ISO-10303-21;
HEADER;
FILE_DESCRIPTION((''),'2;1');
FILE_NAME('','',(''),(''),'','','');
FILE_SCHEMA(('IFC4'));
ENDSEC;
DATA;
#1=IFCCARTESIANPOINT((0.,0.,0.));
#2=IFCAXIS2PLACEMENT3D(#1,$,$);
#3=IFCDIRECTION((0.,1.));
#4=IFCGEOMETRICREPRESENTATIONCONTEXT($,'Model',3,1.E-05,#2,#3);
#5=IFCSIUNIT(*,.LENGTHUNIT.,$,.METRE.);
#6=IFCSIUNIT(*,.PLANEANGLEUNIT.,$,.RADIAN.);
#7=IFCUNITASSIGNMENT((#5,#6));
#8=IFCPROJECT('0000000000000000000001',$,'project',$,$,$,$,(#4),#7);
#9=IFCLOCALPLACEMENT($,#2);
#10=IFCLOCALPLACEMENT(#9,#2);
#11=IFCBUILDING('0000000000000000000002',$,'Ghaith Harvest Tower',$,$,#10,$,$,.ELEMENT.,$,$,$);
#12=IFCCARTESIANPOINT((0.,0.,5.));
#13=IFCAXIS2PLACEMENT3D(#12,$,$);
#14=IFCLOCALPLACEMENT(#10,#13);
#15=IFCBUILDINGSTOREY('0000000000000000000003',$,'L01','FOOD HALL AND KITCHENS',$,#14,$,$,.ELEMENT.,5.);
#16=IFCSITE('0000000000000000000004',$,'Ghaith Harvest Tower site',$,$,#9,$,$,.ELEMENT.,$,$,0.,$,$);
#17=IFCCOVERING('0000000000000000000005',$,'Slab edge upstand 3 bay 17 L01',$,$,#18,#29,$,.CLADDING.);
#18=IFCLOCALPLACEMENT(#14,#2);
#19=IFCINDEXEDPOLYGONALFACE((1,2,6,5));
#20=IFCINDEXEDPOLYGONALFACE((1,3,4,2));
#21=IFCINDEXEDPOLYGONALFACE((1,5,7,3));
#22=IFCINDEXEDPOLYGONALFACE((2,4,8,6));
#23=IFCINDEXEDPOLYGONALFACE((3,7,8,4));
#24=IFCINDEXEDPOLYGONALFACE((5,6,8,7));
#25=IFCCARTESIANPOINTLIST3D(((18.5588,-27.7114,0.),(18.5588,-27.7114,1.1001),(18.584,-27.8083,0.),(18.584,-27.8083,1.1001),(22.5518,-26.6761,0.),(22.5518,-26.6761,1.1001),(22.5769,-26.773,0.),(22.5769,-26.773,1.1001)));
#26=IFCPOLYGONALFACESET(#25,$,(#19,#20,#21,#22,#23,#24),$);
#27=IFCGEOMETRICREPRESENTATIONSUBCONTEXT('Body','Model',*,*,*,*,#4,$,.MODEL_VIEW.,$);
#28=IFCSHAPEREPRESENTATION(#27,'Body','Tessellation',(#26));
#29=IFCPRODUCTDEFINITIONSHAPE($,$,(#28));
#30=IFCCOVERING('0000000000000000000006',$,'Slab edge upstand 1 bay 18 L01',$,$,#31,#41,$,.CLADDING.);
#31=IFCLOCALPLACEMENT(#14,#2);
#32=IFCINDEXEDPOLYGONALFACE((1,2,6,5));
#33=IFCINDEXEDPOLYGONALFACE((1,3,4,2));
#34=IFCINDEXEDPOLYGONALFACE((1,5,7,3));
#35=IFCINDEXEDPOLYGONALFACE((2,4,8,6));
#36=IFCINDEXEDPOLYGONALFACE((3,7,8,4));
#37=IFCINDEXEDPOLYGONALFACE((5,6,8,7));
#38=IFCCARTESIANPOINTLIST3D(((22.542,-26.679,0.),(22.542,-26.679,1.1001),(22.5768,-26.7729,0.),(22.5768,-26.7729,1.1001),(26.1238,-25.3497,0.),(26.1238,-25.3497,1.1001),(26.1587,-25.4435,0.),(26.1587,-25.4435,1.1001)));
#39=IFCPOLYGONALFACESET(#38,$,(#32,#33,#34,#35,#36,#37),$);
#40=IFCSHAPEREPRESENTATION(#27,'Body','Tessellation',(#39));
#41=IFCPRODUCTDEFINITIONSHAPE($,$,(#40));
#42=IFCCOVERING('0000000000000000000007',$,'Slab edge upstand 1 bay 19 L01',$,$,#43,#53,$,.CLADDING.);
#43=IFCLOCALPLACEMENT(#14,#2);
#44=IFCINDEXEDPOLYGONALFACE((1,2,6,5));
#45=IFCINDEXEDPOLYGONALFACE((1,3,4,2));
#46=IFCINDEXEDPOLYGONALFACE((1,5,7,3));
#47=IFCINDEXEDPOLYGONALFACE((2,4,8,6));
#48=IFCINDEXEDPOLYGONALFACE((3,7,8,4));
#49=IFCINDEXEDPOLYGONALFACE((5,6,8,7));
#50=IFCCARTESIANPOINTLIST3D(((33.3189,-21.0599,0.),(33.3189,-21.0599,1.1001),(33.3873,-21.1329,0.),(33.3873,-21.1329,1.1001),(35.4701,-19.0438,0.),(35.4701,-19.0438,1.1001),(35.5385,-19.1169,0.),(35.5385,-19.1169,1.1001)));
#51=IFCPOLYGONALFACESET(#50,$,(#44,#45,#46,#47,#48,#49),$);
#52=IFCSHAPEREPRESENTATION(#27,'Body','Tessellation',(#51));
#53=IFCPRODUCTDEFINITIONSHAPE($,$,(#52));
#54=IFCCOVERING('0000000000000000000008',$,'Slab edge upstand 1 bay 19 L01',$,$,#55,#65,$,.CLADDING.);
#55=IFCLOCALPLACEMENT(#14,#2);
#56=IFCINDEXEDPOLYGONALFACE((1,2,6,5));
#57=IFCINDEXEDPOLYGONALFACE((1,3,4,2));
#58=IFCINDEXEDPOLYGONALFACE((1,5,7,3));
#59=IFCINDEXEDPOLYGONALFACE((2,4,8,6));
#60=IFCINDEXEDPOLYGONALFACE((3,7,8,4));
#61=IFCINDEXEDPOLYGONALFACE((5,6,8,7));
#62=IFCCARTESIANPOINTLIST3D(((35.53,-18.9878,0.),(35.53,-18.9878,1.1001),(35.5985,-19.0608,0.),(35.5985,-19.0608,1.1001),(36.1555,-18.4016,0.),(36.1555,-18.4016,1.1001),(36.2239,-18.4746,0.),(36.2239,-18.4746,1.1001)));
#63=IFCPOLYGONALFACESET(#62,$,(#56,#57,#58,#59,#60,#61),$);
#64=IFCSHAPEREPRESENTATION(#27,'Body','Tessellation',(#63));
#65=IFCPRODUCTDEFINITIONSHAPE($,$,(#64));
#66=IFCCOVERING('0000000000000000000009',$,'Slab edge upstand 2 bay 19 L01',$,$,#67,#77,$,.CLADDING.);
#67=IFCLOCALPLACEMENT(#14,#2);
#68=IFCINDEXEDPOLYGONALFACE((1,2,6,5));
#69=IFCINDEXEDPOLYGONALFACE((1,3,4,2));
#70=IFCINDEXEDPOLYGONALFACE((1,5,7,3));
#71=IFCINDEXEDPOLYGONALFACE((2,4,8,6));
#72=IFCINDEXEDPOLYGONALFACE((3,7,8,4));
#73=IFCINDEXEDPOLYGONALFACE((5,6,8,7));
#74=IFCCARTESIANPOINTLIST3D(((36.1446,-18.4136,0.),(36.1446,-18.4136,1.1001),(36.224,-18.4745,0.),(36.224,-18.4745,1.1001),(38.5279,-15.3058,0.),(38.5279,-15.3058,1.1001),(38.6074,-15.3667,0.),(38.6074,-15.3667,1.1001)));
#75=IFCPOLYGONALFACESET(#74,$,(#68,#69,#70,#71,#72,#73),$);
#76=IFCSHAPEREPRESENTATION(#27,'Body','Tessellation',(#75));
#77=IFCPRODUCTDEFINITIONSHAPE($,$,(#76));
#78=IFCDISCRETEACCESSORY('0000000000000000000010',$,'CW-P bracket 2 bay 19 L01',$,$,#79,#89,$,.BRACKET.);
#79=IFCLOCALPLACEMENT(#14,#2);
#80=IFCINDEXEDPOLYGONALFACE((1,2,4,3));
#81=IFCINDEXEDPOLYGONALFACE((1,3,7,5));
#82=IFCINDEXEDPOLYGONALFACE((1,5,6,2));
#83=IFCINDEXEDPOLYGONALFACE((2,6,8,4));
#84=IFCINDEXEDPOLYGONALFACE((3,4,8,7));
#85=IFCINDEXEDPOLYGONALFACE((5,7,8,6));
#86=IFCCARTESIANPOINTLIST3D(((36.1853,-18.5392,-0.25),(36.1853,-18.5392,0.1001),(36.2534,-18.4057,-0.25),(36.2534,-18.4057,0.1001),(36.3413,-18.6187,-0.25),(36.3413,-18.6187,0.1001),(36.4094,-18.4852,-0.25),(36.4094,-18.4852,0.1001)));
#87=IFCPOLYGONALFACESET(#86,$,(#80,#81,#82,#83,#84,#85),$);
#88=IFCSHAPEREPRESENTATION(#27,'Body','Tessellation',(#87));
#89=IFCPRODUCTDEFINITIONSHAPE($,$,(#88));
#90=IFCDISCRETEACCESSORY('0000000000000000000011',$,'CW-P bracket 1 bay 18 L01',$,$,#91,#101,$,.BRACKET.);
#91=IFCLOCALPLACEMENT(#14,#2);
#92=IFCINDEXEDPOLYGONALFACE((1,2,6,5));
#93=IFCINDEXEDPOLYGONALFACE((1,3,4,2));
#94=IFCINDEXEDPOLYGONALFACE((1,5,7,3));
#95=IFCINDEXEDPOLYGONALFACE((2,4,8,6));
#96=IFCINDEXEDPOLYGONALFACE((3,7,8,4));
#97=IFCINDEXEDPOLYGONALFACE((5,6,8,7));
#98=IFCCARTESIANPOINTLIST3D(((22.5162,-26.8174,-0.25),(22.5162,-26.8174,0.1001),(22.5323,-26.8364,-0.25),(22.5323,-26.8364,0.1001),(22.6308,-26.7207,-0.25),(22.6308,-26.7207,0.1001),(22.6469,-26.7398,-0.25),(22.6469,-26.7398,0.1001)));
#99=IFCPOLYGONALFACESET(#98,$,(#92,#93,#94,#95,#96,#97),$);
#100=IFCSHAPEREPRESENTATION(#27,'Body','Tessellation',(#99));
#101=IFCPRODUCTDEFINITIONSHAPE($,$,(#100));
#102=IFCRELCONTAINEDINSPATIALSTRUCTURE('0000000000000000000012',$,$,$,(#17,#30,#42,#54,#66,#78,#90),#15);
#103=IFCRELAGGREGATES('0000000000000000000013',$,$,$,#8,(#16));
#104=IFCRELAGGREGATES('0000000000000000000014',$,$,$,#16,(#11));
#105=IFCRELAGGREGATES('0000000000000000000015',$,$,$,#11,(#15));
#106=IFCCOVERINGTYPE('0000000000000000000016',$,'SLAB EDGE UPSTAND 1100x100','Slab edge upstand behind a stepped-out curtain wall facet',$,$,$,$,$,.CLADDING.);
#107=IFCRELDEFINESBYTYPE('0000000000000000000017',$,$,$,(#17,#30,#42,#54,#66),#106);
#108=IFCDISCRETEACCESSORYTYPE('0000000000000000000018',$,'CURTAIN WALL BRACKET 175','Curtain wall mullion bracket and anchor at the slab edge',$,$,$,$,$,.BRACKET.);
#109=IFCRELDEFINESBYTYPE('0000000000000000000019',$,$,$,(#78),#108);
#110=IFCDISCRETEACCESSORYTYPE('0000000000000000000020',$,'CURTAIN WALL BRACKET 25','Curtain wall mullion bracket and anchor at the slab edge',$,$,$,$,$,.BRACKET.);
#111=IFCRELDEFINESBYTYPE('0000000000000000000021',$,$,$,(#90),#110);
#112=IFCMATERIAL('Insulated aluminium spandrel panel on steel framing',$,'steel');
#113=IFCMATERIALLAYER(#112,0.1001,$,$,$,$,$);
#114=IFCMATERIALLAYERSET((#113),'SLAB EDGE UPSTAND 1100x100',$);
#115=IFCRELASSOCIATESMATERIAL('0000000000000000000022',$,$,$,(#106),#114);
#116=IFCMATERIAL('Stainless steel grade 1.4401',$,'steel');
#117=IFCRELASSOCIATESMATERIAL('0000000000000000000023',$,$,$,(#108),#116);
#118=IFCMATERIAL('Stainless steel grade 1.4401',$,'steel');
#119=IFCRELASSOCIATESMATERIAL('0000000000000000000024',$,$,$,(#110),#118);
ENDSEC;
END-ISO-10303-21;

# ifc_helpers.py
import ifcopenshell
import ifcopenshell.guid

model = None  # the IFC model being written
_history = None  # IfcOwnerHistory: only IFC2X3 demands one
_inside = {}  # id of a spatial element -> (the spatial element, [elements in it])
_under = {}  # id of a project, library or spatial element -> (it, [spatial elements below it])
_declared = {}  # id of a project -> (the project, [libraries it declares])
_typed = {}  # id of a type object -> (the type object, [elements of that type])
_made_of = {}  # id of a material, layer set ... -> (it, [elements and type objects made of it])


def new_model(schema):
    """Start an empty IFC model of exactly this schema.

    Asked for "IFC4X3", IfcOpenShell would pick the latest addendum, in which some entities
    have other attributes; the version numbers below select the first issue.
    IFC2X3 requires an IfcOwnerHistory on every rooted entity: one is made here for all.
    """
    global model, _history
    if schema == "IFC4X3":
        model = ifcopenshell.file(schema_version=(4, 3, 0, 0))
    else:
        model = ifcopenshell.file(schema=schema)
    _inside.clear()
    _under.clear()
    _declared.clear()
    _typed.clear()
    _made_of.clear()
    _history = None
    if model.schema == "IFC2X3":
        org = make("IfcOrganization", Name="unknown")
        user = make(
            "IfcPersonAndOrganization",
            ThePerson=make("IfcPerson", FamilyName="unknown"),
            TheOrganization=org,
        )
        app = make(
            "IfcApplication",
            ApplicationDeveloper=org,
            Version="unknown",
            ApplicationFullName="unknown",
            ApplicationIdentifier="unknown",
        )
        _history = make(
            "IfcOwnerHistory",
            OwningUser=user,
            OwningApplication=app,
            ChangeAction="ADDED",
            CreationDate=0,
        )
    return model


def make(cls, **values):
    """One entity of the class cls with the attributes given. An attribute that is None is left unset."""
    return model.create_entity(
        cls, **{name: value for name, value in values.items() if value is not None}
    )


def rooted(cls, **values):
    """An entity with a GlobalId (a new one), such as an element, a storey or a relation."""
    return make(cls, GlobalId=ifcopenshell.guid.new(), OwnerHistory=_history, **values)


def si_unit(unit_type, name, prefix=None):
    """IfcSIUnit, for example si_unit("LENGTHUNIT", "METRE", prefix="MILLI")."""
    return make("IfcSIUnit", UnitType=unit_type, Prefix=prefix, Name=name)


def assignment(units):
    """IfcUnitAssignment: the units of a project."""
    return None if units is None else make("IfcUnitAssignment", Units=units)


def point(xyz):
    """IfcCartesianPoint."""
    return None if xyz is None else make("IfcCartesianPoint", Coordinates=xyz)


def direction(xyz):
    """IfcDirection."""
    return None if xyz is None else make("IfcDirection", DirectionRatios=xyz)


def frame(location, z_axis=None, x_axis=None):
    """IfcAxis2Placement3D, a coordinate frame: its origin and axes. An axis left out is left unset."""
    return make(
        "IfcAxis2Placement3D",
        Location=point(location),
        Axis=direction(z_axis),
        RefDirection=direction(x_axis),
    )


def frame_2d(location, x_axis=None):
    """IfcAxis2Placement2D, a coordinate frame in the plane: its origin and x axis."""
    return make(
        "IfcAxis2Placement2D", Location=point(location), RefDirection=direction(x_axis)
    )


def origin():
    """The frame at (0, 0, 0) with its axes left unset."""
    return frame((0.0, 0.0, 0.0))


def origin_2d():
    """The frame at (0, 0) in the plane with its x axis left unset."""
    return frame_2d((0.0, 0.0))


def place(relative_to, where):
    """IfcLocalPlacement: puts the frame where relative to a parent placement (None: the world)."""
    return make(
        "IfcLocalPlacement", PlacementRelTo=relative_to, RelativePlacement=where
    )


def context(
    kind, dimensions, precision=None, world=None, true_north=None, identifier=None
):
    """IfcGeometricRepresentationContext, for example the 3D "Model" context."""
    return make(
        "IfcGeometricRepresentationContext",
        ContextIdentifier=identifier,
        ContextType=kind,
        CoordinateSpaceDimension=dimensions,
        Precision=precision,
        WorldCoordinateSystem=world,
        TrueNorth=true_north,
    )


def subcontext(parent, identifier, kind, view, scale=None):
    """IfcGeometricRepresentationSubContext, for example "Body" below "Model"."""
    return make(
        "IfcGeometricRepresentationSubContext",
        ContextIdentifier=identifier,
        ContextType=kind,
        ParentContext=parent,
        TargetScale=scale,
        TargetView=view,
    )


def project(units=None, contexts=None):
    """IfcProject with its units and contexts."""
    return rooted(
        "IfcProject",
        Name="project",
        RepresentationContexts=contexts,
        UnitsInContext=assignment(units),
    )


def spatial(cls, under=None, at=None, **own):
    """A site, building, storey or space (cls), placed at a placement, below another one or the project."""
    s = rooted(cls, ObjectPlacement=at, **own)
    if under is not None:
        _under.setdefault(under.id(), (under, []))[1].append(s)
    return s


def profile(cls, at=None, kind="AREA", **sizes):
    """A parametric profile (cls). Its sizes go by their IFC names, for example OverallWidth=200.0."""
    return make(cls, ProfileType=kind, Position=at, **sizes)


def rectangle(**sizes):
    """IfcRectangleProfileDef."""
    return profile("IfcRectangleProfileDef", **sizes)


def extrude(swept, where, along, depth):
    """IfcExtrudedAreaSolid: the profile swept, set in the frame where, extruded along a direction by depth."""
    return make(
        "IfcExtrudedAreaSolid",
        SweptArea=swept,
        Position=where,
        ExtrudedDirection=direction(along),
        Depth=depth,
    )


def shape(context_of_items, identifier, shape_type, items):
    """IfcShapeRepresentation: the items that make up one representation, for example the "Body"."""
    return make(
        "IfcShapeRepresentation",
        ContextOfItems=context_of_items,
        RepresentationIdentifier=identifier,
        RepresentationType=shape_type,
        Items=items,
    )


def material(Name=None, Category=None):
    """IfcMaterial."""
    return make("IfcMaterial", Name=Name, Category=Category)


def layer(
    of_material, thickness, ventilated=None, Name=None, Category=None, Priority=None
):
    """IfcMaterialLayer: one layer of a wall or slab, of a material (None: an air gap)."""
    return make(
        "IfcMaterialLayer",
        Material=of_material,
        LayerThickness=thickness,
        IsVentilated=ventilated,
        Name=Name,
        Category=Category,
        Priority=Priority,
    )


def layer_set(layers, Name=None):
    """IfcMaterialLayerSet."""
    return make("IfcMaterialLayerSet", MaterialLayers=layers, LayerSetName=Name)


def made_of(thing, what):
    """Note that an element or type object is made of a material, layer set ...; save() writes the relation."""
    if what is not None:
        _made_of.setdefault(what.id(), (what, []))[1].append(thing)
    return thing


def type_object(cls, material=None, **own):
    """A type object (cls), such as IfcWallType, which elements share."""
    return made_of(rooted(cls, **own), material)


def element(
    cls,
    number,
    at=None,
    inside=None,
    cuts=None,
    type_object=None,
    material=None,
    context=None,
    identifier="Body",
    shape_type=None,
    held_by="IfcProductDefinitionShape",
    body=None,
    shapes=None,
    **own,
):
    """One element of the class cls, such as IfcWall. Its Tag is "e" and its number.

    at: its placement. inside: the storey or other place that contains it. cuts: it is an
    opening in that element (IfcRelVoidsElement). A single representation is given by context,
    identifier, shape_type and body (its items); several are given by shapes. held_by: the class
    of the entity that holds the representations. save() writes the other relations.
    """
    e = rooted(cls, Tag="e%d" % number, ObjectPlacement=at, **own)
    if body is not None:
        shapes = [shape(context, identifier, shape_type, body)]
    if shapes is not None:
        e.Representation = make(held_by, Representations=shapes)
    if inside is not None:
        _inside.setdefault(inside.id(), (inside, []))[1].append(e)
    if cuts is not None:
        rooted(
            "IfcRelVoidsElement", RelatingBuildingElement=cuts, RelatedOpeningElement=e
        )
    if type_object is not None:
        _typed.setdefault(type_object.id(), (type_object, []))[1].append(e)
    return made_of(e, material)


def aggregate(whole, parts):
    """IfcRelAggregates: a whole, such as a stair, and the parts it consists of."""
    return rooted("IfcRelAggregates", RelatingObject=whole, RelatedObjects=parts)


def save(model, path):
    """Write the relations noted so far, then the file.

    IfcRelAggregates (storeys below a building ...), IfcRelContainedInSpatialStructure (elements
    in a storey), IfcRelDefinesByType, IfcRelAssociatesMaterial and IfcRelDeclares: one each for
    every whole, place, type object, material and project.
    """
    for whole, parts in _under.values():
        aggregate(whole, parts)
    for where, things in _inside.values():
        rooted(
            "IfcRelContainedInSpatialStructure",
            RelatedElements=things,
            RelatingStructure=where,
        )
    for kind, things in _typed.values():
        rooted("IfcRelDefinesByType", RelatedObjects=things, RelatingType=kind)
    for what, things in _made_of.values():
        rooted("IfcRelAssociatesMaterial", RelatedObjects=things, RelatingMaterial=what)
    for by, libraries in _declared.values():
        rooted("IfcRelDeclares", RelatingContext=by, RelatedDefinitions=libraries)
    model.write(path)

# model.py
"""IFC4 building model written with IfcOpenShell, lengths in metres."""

from ifc_helpers import new_model, si_unit, direction, frame, origin, origin_2d, place, context, subcontext, project, spatial, rectangle, extrude, material, layer, layer_set, type_object, element, save


model = new_model("IFC4")

# Units and contexts
model_context = context("Model", 3, precision=1e-05, world=origin(), true_north=direction((0.0, 1.0)))
body_context = subcontext(model_context, "Body", "Model", "MODEL_VIEW")
ifc_project = project(units=[si_unit("LENGTHUNIT", "METRE"), si_unit("PLANEANGLEUNIT", "RADIAN")], contexts=[model_context])

# Site, building, storey
site_placement = place(None, origin())
site = spatial("IfcSite", under=ifc_project, at=site_placement, Name="Ghaith Harvest Tower site", CompositionType="ELEMENT", RefElevation=0.0)
building_placement = place(site_placement, origin())
building = spatial("IfcBuilding", under=site, at=building_placement, Name="Ghaith Harvest Tower", CompositionType="ELEMENT")
storey_placement = place(building_placement, frame((0.0, 0.0, 5.0)))
storey = spatial("IfcBuildingStorey", under=building, at=storey_placement, Name="L01", Description="FOOD HALL AND KITCHENS", CompositionType="ELEMENT", Elevation=5.0)

# Coverings
ifc_material_1 = material(Name="Insulated aluminium spandrel panel on steel framing", Category="steel")
ifc_layer_1 = layer(ifc_material_1, 0.1001)
ifc_layer_set_1 = layer_set([ifc_layer_1], Name="SLAB EDGE UPSTAND 1100x100")
covering_type = type_object("IfcCoveringType", Name="SLAB EDGE UPSTAND 1100x100", Description="Slab edge upstand behind a stepped-out curtain wall facet", PredefinedType="CLADDING", material=ifc_layer_set_1)
covering_1_placement = place(storey_placement, frame((20.5679, -27.2422, 0.0), z_axis=(0.0, 0.0, 1.0), x_axis=(0.967989, 0.250991, 0.0)))
element("IfcCovering", 1, at=covering_1_placement, inside=storey, type_object=covering_type, Name="Slab edge upstand 3 bay 17 L01", PredefinedType="CLADDING", context=body_context, shape_type="SweptSolid", body=[
    extrude(rectangle(XDim=4.125, YDim=0.1001, at=origin_2d()), origin(), (0.0, 0.0, 1.0), 1.1001),
])
covering_2_placement = place(storey_placement, frame((24.3503, -26.0613, 0.0), z_axis=(0.0, 0.0, 1.0), x_axis=(0.937519, 0.347935, 0.0)))
element("IfcCovering", 2, at=covering_2_placement, inside=storey, type_object=covering_type, Name="Slab edge upstand 1 bay 18 L01", PredefinedType="CLADDING", context=body_context, shape_type="SweptSolid", body=[
    extrude(rectangle(XDim=3.8206, YDim=0.1001, at=origin_2d()), origin(), (0.0, 0.0, 1.0), 1.1001),
])
covering_3_placement = place(storey_placement, frame((34.4287, -20.0884, 0.0), z_axis=(0.0, 0.0, 1.0), x_axis=(0.729659, 0.683811, 0.0)))
element("IfcCovering", 3, at=covering_3_placement, inside=storey, type_object=covering_type, Name="Slab edge upstand 1 bay 19 L01", PredefinedType="CLADDING", context=body_context, shape_type="SweptSolid", body=[
    extrude(rectangle(XDim=2.9482, YDim=0.1001, at=origin_2d()), origin(), (0.0, 0.0, 1.0), 1.1001),
])
covering_4_placement = place(storey_placement, frame((35.877, -18.7312, 0.0), z_axis=(0.0, 0.0, 1.0), x_axis=(0.729659, 0.683811, 0.0)))
element("IfcCovering", 4, at=covering_4_placement, inside=storey, type_object=covering_type, Name="Slab edge upstand 1 bay 19 L01", PredefinedType="CLADDING", context=body_context, shape_type="SweptSolid", body=[
    extrude(rectangle(XDim=0.8572, YDim=0.1001, at=origin_2d()), origin(), (0.0, 0.0, 1.0), 1.1001),
])
covering_5_placement = place(storey_placement, frame((37.376, -16.8901, 0.0), z_axis=(0.0, 0.0, 1.0), x_axis=(0.608537, 0.793526, 0.0)))
element("IfcCovering", 5, at=covering_5_placement, inside=storey, type_object=covering_type, Name="Slab edge upstand 2 bay 19 L01", PredefinedType="CLADDING", context=body_context, shape_type="SweptSolid", body=[
    extrude(rectangle(XDim=3.9165, YDim=0.1001, at=origin_2d()), origin(), (0.0, 0.0, 1.0), 1.1001),
])

# Discrete accessories
ifc_material_2 = material(Name="Stainless steel grade 1.4401", Category="steel")
discrete_accessory_type_1 = type_object("IfcDiscreteAccessoryType", Name="CURTAIN WALL BRACKET 175", Description="Curtain wall mullion bracket and anchor at the slab edge", PredefinedType="BRACKET", material=ifc_material_2)
discrete_accessory_1_placement = place(storey_placement, frame((36.2974, -18.5122, -0.25), z_axis=(0.0, 0.0, 1.0), x_axis=(0.890831, -0.454335, 0.0)))
element("IfcDiscreteAccessory", 6, at=discrete_accessory_1_placement, inside=storey, type_object=discrete_accessory_type_1, Name="CW-P bracket 2 bay 19 L01", PredefinedType="BRACKET", context=body_context, shape_type="SweptSolid", body=[
    extrude(rectangle(XDim=0.175, YDim=0.1499, at=origin_2d()), origin(), (0.0, 0.0, 1.0), 0.3501),
])
ifc_material_3 = material(Name="Stainless steel grade 1.4401", Category="steel")
discrete_accessory_type_2 = type_object("IfcDiscreteAccessoryType", Name="CURTAIN WALL BRACKET 25", Description="Curtain wall mullion bracket and anchor at the slab edge", PredefinedType="BRACKET", material=ifc_material_3)
discrete_accessory_2_placement = place(storey_placement, frame((22.5815, -26.7786, -0.25), z_axis=(0.0, 0.0, 1.0), x_axis=(0.644657, -0.764472, 0.0)))
element("IfcDiscreteAccessory", 7, at=discrete_accessory_2_placement, inside=storey, type_object=discrete_accessory_type_2, Name="CW-P bracket 1 bay 18 L01", PredefinedType="BRACKET", context=body_context, shape_type="SweptSolid", body=[
    extrude(rectangle(XDim=0.0249, YDim=0.1499, at=origin_2d()), origin(), (0.0, 0.0, 1.0), 0.3501),
])

save(model, "model.ifc")
